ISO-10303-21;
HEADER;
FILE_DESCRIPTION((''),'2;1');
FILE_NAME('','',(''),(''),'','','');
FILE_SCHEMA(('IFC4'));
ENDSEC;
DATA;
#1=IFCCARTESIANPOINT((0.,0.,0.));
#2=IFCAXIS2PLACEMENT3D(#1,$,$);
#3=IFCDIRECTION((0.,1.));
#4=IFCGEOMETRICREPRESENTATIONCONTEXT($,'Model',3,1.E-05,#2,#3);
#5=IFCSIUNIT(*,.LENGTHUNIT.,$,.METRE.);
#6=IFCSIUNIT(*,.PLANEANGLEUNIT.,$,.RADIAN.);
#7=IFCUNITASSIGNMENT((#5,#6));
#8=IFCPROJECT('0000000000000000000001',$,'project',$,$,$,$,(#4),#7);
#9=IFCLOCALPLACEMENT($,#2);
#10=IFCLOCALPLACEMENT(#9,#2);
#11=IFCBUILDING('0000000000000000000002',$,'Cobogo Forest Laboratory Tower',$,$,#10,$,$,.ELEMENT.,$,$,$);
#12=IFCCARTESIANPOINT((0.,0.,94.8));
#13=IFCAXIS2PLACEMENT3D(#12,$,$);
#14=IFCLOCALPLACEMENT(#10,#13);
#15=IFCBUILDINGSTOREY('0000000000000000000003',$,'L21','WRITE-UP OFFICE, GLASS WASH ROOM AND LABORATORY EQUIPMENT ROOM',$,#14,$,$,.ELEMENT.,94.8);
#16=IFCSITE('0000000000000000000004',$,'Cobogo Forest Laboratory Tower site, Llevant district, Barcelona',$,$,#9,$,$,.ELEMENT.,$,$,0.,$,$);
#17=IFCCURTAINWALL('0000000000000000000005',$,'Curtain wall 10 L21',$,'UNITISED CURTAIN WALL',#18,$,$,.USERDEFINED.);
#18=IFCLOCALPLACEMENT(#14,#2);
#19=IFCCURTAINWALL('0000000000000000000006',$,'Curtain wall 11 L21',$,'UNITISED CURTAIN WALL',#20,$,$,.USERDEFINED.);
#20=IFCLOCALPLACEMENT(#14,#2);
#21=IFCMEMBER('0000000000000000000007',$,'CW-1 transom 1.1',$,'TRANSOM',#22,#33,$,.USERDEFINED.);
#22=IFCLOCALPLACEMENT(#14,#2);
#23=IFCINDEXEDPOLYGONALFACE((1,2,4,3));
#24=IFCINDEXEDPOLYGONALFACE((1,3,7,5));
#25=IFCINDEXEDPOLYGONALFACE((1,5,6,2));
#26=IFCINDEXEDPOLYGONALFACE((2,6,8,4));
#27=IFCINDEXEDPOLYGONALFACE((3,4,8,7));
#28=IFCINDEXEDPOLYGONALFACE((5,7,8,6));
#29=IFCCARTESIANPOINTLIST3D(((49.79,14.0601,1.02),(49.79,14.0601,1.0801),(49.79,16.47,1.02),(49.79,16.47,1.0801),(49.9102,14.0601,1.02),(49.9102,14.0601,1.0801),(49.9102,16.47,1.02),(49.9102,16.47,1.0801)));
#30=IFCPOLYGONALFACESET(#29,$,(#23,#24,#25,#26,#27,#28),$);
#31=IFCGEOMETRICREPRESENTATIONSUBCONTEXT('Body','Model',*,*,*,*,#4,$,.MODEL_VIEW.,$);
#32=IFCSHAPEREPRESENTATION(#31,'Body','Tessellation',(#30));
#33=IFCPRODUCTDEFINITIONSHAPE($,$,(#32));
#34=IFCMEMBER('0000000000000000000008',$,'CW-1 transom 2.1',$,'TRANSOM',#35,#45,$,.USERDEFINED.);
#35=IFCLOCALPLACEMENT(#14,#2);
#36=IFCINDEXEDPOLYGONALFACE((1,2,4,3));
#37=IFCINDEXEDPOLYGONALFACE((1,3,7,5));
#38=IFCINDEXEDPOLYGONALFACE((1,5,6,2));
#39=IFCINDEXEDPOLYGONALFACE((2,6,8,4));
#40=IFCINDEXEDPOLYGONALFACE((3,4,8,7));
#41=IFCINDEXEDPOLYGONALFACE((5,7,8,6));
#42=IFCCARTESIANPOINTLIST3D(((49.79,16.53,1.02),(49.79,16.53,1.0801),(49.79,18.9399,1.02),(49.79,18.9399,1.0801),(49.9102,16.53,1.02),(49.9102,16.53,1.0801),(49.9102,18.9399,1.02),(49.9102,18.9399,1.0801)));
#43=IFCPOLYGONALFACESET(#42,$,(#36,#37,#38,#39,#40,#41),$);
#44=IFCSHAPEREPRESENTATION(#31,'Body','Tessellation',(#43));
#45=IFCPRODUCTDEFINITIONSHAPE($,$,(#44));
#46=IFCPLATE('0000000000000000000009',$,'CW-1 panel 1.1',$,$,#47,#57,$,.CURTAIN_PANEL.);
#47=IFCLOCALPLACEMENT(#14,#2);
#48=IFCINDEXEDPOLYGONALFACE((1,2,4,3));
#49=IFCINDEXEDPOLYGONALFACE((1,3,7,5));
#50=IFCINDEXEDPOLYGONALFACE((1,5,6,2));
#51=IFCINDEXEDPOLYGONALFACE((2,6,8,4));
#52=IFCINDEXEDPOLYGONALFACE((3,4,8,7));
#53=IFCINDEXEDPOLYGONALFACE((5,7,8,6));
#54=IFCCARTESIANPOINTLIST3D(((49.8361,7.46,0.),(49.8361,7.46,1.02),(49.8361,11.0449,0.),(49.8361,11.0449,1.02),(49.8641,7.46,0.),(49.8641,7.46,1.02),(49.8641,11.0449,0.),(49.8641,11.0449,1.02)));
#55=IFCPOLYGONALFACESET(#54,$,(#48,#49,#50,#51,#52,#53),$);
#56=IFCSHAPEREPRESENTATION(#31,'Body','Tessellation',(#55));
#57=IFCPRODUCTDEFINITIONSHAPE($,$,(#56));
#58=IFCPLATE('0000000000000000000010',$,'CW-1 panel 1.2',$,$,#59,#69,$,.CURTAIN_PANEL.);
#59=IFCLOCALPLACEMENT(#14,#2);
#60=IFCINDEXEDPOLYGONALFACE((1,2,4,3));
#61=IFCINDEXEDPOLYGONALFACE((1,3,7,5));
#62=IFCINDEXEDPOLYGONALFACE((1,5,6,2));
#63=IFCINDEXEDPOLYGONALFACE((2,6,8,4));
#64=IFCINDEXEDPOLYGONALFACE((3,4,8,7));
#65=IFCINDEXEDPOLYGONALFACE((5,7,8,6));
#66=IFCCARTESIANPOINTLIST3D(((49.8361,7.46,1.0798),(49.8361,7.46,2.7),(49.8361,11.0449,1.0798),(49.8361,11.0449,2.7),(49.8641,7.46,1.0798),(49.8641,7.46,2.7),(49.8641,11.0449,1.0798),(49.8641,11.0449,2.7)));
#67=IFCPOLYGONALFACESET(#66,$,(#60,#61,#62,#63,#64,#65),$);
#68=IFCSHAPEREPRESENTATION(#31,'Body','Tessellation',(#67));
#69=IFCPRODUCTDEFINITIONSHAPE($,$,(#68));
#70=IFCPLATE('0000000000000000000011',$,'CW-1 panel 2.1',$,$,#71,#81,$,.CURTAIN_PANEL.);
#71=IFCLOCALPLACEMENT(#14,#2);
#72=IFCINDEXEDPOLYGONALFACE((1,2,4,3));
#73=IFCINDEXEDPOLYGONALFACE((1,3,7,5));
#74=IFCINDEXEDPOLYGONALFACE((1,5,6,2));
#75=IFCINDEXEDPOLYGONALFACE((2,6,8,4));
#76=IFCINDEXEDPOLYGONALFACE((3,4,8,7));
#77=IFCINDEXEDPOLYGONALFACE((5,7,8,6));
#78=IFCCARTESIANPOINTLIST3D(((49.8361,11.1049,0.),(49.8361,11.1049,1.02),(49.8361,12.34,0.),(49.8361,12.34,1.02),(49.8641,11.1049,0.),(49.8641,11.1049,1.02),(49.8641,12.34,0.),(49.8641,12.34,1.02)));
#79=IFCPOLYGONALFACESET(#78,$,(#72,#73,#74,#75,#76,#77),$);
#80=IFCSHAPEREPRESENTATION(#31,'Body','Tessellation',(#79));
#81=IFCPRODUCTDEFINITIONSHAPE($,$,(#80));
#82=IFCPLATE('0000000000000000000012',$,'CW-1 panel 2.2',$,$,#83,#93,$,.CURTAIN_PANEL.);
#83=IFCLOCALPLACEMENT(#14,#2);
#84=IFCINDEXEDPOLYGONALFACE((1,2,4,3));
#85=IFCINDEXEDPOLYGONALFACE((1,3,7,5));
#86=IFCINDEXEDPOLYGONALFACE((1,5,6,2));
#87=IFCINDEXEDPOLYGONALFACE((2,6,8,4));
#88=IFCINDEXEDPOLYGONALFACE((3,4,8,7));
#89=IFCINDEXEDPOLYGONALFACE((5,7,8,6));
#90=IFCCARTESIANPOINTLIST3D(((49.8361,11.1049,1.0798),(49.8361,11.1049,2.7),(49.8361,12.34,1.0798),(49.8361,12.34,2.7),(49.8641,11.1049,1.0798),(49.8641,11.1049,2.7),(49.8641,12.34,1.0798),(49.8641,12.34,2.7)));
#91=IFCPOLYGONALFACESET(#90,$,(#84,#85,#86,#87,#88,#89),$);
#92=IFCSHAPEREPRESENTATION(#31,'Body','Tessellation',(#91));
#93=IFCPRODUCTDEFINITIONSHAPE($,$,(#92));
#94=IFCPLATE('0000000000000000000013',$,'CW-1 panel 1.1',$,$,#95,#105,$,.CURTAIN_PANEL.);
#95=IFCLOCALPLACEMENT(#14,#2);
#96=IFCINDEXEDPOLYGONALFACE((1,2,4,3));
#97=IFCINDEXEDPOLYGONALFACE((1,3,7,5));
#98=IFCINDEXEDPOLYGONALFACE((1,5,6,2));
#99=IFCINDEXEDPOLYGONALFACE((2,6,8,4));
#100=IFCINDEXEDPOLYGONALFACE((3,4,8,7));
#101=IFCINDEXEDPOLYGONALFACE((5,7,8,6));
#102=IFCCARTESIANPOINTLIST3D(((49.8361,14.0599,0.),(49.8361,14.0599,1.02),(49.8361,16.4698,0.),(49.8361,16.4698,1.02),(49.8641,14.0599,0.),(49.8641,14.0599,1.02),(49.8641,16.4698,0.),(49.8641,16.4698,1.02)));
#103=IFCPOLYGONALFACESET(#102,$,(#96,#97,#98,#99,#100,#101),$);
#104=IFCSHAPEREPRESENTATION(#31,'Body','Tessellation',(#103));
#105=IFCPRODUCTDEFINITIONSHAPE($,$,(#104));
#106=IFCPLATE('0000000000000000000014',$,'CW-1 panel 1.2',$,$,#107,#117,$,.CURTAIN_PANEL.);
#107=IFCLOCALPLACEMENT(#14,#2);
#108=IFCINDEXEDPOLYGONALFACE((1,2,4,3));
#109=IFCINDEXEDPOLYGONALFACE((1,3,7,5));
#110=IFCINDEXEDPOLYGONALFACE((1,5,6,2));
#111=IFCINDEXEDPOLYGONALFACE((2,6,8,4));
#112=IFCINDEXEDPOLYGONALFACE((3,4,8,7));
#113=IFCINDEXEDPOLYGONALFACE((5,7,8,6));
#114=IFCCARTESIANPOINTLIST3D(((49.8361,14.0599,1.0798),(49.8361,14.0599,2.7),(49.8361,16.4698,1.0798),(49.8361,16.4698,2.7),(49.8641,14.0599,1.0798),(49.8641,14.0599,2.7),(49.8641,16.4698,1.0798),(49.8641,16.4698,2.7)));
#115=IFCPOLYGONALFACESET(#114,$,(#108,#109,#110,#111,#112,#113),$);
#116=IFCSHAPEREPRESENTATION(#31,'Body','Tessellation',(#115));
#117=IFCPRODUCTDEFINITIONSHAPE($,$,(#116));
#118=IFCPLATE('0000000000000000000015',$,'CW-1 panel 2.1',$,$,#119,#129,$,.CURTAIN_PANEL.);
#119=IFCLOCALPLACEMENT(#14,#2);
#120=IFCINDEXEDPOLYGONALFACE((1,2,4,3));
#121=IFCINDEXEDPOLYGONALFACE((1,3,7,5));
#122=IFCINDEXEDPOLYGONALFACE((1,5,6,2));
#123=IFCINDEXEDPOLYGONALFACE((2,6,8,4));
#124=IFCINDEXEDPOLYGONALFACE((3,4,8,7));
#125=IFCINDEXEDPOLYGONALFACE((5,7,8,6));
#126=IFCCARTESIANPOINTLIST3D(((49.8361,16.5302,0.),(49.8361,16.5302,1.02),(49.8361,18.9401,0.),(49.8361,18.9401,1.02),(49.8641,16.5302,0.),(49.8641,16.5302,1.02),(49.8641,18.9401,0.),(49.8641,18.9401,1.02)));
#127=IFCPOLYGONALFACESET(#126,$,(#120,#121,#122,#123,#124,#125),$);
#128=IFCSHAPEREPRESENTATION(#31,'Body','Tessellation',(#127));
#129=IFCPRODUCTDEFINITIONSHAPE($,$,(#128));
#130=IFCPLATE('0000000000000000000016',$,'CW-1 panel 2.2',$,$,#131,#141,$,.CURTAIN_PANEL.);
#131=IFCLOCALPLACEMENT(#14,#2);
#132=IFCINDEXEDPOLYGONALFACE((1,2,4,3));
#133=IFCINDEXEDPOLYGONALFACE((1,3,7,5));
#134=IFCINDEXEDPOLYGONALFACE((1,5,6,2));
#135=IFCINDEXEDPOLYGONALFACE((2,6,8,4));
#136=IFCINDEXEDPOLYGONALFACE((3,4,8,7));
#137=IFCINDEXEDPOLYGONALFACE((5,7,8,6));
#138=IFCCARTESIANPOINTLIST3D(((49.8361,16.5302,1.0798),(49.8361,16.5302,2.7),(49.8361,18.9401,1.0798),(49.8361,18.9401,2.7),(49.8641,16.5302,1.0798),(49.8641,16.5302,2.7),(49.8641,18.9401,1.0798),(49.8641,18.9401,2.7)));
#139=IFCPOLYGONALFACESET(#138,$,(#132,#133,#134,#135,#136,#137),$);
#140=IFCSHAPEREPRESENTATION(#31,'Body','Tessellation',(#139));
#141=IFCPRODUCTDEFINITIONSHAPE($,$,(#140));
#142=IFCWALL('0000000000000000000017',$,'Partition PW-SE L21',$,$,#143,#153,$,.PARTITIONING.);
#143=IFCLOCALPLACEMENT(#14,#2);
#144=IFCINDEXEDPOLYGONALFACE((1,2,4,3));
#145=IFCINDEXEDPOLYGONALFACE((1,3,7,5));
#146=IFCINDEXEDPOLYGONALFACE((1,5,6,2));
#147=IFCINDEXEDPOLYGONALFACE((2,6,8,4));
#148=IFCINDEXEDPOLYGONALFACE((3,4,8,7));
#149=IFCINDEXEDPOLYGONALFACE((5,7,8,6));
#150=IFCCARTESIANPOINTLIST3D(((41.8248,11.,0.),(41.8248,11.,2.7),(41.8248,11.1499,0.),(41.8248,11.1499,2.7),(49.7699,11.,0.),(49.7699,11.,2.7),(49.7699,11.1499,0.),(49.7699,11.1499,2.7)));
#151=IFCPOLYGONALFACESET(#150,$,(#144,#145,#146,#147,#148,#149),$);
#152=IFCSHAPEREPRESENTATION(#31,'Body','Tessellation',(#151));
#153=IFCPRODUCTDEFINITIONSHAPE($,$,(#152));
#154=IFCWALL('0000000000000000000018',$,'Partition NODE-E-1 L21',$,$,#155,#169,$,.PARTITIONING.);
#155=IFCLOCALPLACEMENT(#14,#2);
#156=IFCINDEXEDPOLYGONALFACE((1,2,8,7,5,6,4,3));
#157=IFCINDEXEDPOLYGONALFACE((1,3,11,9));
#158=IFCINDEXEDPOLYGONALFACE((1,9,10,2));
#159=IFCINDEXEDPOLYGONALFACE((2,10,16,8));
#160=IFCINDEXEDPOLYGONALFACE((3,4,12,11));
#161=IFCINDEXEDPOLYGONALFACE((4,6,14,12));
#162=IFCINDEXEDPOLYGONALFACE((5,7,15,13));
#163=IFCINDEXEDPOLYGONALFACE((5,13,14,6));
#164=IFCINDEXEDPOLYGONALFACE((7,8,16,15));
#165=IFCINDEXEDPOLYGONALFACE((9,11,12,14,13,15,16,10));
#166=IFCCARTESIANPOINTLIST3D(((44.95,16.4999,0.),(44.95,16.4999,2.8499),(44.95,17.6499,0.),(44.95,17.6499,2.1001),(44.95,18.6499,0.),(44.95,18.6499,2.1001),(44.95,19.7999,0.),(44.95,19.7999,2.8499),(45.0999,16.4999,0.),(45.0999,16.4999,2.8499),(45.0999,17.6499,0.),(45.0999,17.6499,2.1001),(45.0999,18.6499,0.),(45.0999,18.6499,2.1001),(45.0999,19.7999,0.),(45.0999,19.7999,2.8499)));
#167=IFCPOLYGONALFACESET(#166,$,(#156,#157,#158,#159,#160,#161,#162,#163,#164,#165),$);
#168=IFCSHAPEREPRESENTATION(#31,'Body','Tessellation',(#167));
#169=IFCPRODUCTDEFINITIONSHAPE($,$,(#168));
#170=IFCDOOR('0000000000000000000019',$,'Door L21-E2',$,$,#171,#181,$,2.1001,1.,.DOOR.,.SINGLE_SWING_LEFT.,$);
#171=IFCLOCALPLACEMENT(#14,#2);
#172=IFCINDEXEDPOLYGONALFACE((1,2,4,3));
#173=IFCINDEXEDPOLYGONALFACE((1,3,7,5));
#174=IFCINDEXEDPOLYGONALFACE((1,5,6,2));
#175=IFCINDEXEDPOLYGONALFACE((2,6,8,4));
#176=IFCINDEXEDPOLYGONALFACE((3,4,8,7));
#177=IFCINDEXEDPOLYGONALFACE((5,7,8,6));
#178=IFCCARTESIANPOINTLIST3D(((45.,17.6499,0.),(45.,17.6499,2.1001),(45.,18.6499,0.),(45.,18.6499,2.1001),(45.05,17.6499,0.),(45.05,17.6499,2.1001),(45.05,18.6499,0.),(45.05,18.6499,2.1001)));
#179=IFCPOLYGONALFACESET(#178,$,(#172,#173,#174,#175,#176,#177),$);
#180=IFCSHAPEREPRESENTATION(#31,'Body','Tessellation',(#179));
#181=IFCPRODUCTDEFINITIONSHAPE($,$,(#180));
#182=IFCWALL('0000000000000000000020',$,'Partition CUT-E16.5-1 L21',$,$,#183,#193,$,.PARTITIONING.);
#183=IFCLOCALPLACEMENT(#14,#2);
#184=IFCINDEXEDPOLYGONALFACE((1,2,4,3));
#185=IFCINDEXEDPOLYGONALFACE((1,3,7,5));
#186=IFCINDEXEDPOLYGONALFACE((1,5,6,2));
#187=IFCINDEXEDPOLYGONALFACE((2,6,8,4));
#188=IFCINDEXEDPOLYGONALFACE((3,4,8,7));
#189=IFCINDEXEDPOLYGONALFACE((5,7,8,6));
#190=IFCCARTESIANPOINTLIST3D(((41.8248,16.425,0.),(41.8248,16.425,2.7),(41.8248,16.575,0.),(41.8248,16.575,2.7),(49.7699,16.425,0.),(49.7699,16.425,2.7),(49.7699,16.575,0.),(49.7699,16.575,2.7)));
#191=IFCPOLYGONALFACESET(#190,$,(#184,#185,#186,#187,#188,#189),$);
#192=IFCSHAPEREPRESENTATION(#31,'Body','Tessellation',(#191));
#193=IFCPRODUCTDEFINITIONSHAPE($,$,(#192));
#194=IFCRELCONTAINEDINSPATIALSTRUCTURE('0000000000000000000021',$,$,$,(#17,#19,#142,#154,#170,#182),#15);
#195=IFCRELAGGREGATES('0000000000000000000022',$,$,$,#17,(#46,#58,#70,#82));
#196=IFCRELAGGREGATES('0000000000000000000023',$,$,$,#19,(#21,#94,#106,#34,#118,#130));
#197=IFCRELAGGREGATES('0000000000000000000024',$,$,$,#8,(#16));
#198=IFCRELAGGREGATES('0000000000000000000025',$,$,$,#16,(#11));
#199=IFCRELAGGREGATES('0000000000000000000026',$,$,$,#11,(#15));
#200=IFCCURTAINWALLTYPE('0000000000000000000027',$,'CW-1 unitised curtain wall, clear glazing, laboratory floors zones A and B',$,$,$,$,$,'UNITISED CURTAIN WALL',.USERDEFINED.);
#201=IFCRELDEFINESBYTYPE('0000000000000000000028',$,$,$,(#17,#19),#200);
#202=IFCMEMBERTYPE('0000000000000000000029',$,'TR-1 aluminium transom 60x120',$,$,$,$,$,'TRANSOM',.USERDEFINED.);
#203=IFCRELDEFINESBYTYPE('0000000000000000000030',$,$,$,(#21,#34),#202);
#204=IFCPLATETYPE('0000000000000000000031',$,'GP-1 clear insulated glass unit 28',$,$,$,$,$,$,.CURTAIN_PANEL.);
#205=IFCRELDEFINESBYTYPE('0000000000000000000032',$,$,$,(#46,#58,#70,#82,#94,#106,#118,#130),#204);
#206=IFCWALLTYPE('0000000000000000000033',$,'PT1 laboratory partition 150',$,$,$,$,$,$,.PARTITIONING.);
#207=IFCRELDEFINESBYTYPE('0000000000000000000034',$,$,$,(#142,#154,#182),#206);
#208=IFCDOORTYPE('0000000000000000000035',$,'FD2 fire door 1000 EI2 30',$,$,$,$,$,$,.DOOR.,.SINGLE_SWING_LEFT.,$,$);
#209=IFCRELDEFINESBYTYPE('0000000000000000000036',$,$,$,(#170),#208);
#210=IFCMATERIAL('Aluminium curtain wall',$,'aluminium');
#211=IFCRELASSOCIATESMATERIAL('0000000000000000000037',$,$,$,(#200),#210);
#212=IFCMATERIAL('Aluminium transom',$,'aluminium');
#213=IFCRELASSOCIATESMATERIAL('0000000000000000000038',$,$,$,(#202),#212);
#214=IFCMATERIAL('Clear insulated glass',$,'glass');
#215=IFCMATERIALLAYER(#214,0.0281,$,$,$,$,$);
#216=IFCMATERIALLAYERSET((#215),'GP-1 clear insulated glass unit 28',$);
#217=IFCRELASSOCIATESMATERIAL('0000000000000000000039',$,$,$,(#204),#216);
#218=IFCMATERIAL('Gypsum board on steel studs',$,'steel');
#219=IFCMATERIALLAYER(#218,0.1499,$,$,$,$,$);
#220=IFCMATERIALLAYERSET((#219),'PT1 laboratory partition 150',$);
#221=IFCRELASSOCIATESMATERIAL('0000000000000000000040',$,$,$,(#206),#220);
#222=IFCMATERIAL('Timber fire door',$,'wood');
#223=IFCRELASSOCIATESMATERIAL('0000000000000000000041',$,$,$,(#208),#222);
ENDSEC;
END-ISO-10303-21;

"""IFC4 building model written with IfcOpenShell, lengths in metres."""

from ifc_helpers import new_model, si_unit, direction, frame, frame_2d, origin, origin_2d, place, context, subcontext, project, spatial, rectangle, extrude, material, layer, layer_set, material_profile, profile_set, type_object, element, fill, aggregate, save


model = new_model("IFC4")

# Units and contexts
model_context = context("Model", 3, precision=1e-05, world=origin(), true_north=direction((0.0, 1.0)))
body_context = subcontext(model_context, "Body", "Model", "MODEL_VIEW")
ifc_project = project(units=[si_unit("LENGTHUNIT", "METRE"), si_unit("PLANEANGLEUNIT", "RADIAN")], contexts=[model_context])

# Site, building, storey
site_placement = place(None, origin())
site = spatial("IfcSite", under=ifc_project, at=site_placement, Name="Cobogo Forest Laboratory Tower site, Llevant district, Barcelona", CompositionType="ELEMENT", RefElevation=0.0)
building_placement = place(site_placement, origin())
building = spatial("IfcBuilding", under=site, at=building_placement, Name="Cobogo Forest Laboratory Tower", CompositionType="ELEMENT")
storey_placement = place(building_placement, frame((0.0, 0.0, 94.8)))
storey = spatial("IfcBuildingStorey", under=building, at=storey_placement, Name="L21", Description="WRITE-UP OFFICE, GLASS WASH ROOM AND LABORATORY EQUIPMENT ROOM", CompositionType="ELEMENT", Elevation=94.8)

# Curtain walls
ifc_material_1 = material(Name="Aluminium curtain wall", Category="aluminium")
curtain_wall_type = type_object("IfcCurtainWallType", Name="CW-1 unitised curtain wall, clear glazing, laboratory floors zones A and B", ElementType="UNITISED CURTAIN WALL", PredefinedType="USERDEFINED", material=ifc_material_1)
curtain_wall_1_placement = place(storey_placement, origin())
curtain_wall_1 = element("IfcCurtainWall", 1, at=curtain_wall_1_placement, inside=storey, type_object=curtain_wall_type, Name="Curtain wall 10 L21", ObjectType="UNITISED CURTAIN WALL", PredefinedType="USERDEFINED")
curtain_wall_2_placement = place(storey_placement, origin())
curtain_wall_2 = element("IfcCurtainWall", 2, at=curtain_wall_2_placement, inside=storey, type_object=curtain_wall_type, Name="Curtain wall 11 L21", ObjectType="UNITISED CURTAIN WALL", PredefinedType="USERDEFINED")

# Members
ifc_material_2 = material(Name="Aluminium transom", Category="aluminium")
ifc_material_profile_1 = material_profile(ifc_material_2, rectangle(XDim=0.1201, YDim=0.0601, at=origin_2d()), Name="AL 60x120")
ifc_profile_set_1 = profile_set([ifc_material_profile_1], Name="Aluminium transom")
member_type_1 = type_object("IfcMemberType", Name="TR-1 aluminium transom 60x120", ElementType="TRANSOM", PredefinedType="USERDEFINED", material=ifc_profile_set_1)
member_1_placement = place(storey_placement, frame((49.8501, 14.0601, 1.05), z_axis=(0.0, 1.0, 0.0), x_axis=(-1.0, 0.0, 0.0)))
member_1 = element("IfcMember", 3, at=member_1_placement, type_object=member_type_1, Name="CW-1 transom 1.1", ObjectType="TRANSOM", PredefinedType="USERDEFINED", context=body_context, shape_type="SweptSolid", body=[
    extrude(rectangle(XDim=0.1201, YDim=0.0601, at=origin_2d()), origin(), (0.0, 0.0, 1.0), 2.4099),
])
member_2_placement = place(storey_placement, frame((49.8501, 16.53, 1.05), z_axis=(0.0, 1.0, 0.0), x_axis=(-1.0, 0.0, 0.0)))
member_2 = element("IfcMember", 4, at=member_2_placement, type_object=member_type_1, Name="CW-1 transom 2.1", ObjectType="TRANSOM", PredefinedType="USERDEFINED", context=body_context, shape_type="SweptSolid", body=[
    extrude(rectangle(XDim=0.1201, YDim=0.0601, at=origin_2d()), origin(), (0.0, 0.0, 1.0), 2.4099),
])

# Plates
ifc_material_3 = material(Name="Clear insulated glass", Category="glass")
ifc_layer_1 = layer(ifc_material_3, 0.0281)
ifc_layer_set_1 = layer_set([ifc_layer_1], Name="GP-1 clear insulated glass unit 28")
plate_type_1 = type_object("IfcPlateType", Name="GP-1 clear insulated glass unit 28", PredefinedType="CURTAIN_PANEL", material=ifc_layer_set_1)
plate_1_placement = place(storey_placement, frame((49.8501, 9.2524, 0.0), z_axis=(0.0, 0.0, 1.0), x_axis=(0.0, 1.0, 0.0)))
plate_1 = element("IfcPlate", 5, at=plate_1_placement, type_object=plate_type_1, Name="CW-1 panel 1.1", PredefinedType="CURTAIN_PANEL", context=body_context, shape_type="SweptSolid", body=[
    extrude(rectangle(XDim=3.585, YDim=0.0281, at=origin_2d()), origin(), (0.0, 0.0, 1.0), 1.02),
])
plate_2_placement = place(storey_placement, frame((49.8501, 9.2524, 1.0798), z_axis=(0.0, 0.0, 1.0), x_axis=(0.0, 1.0, 0.0)))
plate_2 = element("IfcPlate", 6, at=plate_2_placement, type_object=plate_type_1, Name="CW-1 panel 1.2", PredefinedType="CURTAIN_PANEL", context=body_context, shape_type="SweptSolid", body=[
    extrude(rectangle(XDim=3.585, YDim=0.0281, at=origin_2d()), origin(), (0.0, 0.0, 1.0), 1.6201),
])
plate_3_placement = place(storey_placement, frame((49.8501, 11.7224, 0.0), z_axis=(0.0, 0.0, 1.0), x_axis=(0.0, 1.0, 0.0)))
plate_3 = element("IfcPlate", 7, at=plate_3_placement, type_object=plate_type_1, Name="CW-1 panel 2.1", PredefinedType="CURTAIN_PANEL", context=body_context, shape_type="SweptSolid", body=[
    extrude(rectangle(XDim=1.2351, YDim=0.0281, at=origin_2d()), origin(), (0.0, 0.0, 1.0), 1.02),
])
plate_4_placement = place(storey_placement, frame((49.8501, 11.7224, 1.0798), z_axis=(0.0, 0.0, 1.0), x_axis=(0.0, 1.0, 0.0)))
plate_4 = element("IfcPlate", 8, at=plate_4_placement, type_object=plate_type_1, Name="CW-1 panel 2.2", PredefinedType="CURTAIN_PANEL", context=body_context, shape_type="SweptSolid", body=[
    extrude(rectangle(XDim=1.2351, YDim=0.0281, at=origin_2d()), origin(), (0.0, 0.0, 1.0), 1.6201),
])
aggregate(curtain_wall_1, [plate_1, plate_2, plate_3, plate_4])
plate_5_placement = place(storey_placement, frame((49.8501, 15.2649, 0.0), z_axis=(0.0, 0.0, 1.0), x_axis=(0.0, 1.0, 0.0)))
plate_5 = element("IfcPlate", 9, at=plate_5_placement, type_object=plate_type_1, Name="CW-1 panel 1.1", PredefinedType="CURTAIN_PANEL", context=body_context, shape_type="SweptSolid", body=[
    extrude(rectangle(XDim=2.4099, YDim=0.0281, at=origin_2d()), origin(), (0.0, 0.0, 1.0), 1.02),
])
plate_6_placement = place(storey_placement, frame((49.8501, 15.2649, 1.0798), z_axis=(0.0, 0.0, 1.0), x_axis=(0.0, 1.0, 0.0)))
plate_6 = element("IfcPlate", 10, at=plate_6_placement, type_object=plate_type_1, Name="CW-1 panel 1.2", PredefinedType="CURTAIN_PANEL", context=body_context, shape_type="SweptSolid", body=[
    extrude(rectangle(XDim=2.4099, YDim=0.0281, at=origin_2d()), origin(), (0.0, 0.0, 1.0), 1.6201),
])
plate_7_placement = place(storey_placement, frame((49.8501, 17.7351, 0.0), z_axis=(0.0, 0.0, 1.0), x_axis=(0.0, 1.0, 0.0)))
plate_7 = element("IfcPlate", 11, at=plate_7_placement, type_object=plate_type_1, Name="CW-1 panel 2.1", PredefinedType="CURTAIN_PANEL", context=body_context, shape_type="SweptSolid", body=[
    extrude(rectangle(XDim=2.4099, YDim=0.0281, at=origin_2d()), origin(), (0.0, 0.0, 1.0), 1.02),
])
plate_8_placement = place(storey_placement, frame((49.8501, 17.7351, 1.0798), z_axis=(0.0, 0.0, 1.0), x_axis=(0.0, 1.0, 0.0)))
plate_8 = element("IfcPlate", 12, at=plate_8_placement, type_object=plate_type_1, Name="CW-1 panel 2.2", PredefinedType="CURTAIN_PANEL", context=body_context, shape_type="SweptSolid", body=[
    extrude(rectangle(XDim=2.4099, YDim=0.0281, at=origin_2d()), origin(), (0.0, 0.0, 1.0), 1.6201),
])
aggregate(curtain_wall_2, [member_1, plate_5, plate_6, member_2, plate_7, plate_8])

# Wall
ifc_material_4 = material(Name="Gypsum board on steel studs", Category="steel")
ifc_layer_2 = layer(ifc_material_4, 0.1499)
ifc_layer_set_2 = layer_set([ifc_layer_2], Name="PT1 laboratory partition 150")
wall_type = type_object("IfcWallType", Name="PT1 laboratory partition 150", PredefinedType="PARTITIONING", material=ifc_layer_set_2)
wall_1_placement = place(storey_placement, frame((49.77, 11.075, 0.0), z_axis=(0.0, 0.0, 1.0), x_axis=(-1.0, 0.0, 0.0)))
element("IfcWall", 13, at=wall_1_placement, inside=storey, type_object=wall_type, Name="Partition PW-SE L21", PredefinedType="PARTITIONING", context=body_context, shape_type="SweptSolid", body=[
    extrude(rectangle(XDim=7.9451, YDim=0.1499, at=frame_2d((3.9727, 0.0))), origin(), (0.0, 0.0, 1.0), 2.7),
])

# Wall, opening, door
wall_2_placement = place(storey_placement, frame((45.0249, 16.5, 0.0), z_axis=(0.0, 0.0, 1.0), x_axis=(0.0, 1.0, 0.0)))
wall_2 = element("IfcWall", 14, at=wall_2_placement, inside=storey, type_object=wall_type, Name="Partition NODE-E-1 L21", PredefinedType="PARTITIONING", context=body_context, shape_type="SweptSolid", body=[
    extrude(rectangle(XDim=3.3, YDim=0.1499, at=frame_2d((1.6499, 0.0))), origin(), (0.0, 0.0, 1.0), 2.8499),
])
opening_placement = place(wall_2_placement, frame((1.1499, 0.0, 0.0)))
opening = element("IfcOpeningElement", 15, at=opening_placement, cuts=wall_2, PredefinedType="OPENING", context=body_context, shape_type="SweptSolid", body=[
    extrude(rectangle(XDim=1.0, YDim=2.1001, at=frame_2d((0.5, 1.05))), frame((0.0, 0.085, 0.0), z_axis=(0.0, -1.0, 0.0), x_axis=(1.0, 0.0, 0.0)), (0.0, 0.0, 1.0), 0.1699),
])
ifc_material_5 = material(Name="Timber fire door", Category="wood")
door_type = type_object("IfcDoorType", Name="FD2 fire door 1000 EI2 30", OperationType="SINGLE_SWING_LEFT", PredefinedType="DOOR", material=ifc_material_5)
door_placement = place(opening_placement, origin())
door = element("IfcDoor", 16, at=door_placement, inside=storey, type_object=door_type, Name="Door L21-E2", OperationType="SINGLE_SWING_LEFT", OverallHeight=2.1001, OverallWidth=1.0, PredefinedType="DOOR", context=body_context, shape_type="SweptSolid", body=[
    extrude(rectangle(XDim=1.0, YDim=2.1001, at=frame_2d((0.5, 1.05))), frame((0.0, 0.0249, 0.0), z_axis=(0.0, -1.0, 0.0), x_axis=(1.0, 0.0, 0.0)), (0.0, 0.0, 1.0), 0.05),
])
fill(opening, door)

# Wall
wall_3_placement = place(storey_placement, frame((49.77, 16.5, 0.0), z_axis=(0.0, 0.0, 1.0), x_axis=(-1.0, 0.0, 0.0)))
element("IfcWall", 17, at=wall_3_placement, inside=storey, type_object=wall_type, Name="Partition CUT-E16.5-1 L21", PredefinedType="PARTITIONING", context=body_context, shape_type="SweptSolid", body=[
    extrude(rectangle(XDim=7.9451, YDim=0.1499, at=frame_2d((3.9727, 0.0))), origin(), (0.0, 0.0, 1.0), 2.7),
])

save(model, "model.ifc")
